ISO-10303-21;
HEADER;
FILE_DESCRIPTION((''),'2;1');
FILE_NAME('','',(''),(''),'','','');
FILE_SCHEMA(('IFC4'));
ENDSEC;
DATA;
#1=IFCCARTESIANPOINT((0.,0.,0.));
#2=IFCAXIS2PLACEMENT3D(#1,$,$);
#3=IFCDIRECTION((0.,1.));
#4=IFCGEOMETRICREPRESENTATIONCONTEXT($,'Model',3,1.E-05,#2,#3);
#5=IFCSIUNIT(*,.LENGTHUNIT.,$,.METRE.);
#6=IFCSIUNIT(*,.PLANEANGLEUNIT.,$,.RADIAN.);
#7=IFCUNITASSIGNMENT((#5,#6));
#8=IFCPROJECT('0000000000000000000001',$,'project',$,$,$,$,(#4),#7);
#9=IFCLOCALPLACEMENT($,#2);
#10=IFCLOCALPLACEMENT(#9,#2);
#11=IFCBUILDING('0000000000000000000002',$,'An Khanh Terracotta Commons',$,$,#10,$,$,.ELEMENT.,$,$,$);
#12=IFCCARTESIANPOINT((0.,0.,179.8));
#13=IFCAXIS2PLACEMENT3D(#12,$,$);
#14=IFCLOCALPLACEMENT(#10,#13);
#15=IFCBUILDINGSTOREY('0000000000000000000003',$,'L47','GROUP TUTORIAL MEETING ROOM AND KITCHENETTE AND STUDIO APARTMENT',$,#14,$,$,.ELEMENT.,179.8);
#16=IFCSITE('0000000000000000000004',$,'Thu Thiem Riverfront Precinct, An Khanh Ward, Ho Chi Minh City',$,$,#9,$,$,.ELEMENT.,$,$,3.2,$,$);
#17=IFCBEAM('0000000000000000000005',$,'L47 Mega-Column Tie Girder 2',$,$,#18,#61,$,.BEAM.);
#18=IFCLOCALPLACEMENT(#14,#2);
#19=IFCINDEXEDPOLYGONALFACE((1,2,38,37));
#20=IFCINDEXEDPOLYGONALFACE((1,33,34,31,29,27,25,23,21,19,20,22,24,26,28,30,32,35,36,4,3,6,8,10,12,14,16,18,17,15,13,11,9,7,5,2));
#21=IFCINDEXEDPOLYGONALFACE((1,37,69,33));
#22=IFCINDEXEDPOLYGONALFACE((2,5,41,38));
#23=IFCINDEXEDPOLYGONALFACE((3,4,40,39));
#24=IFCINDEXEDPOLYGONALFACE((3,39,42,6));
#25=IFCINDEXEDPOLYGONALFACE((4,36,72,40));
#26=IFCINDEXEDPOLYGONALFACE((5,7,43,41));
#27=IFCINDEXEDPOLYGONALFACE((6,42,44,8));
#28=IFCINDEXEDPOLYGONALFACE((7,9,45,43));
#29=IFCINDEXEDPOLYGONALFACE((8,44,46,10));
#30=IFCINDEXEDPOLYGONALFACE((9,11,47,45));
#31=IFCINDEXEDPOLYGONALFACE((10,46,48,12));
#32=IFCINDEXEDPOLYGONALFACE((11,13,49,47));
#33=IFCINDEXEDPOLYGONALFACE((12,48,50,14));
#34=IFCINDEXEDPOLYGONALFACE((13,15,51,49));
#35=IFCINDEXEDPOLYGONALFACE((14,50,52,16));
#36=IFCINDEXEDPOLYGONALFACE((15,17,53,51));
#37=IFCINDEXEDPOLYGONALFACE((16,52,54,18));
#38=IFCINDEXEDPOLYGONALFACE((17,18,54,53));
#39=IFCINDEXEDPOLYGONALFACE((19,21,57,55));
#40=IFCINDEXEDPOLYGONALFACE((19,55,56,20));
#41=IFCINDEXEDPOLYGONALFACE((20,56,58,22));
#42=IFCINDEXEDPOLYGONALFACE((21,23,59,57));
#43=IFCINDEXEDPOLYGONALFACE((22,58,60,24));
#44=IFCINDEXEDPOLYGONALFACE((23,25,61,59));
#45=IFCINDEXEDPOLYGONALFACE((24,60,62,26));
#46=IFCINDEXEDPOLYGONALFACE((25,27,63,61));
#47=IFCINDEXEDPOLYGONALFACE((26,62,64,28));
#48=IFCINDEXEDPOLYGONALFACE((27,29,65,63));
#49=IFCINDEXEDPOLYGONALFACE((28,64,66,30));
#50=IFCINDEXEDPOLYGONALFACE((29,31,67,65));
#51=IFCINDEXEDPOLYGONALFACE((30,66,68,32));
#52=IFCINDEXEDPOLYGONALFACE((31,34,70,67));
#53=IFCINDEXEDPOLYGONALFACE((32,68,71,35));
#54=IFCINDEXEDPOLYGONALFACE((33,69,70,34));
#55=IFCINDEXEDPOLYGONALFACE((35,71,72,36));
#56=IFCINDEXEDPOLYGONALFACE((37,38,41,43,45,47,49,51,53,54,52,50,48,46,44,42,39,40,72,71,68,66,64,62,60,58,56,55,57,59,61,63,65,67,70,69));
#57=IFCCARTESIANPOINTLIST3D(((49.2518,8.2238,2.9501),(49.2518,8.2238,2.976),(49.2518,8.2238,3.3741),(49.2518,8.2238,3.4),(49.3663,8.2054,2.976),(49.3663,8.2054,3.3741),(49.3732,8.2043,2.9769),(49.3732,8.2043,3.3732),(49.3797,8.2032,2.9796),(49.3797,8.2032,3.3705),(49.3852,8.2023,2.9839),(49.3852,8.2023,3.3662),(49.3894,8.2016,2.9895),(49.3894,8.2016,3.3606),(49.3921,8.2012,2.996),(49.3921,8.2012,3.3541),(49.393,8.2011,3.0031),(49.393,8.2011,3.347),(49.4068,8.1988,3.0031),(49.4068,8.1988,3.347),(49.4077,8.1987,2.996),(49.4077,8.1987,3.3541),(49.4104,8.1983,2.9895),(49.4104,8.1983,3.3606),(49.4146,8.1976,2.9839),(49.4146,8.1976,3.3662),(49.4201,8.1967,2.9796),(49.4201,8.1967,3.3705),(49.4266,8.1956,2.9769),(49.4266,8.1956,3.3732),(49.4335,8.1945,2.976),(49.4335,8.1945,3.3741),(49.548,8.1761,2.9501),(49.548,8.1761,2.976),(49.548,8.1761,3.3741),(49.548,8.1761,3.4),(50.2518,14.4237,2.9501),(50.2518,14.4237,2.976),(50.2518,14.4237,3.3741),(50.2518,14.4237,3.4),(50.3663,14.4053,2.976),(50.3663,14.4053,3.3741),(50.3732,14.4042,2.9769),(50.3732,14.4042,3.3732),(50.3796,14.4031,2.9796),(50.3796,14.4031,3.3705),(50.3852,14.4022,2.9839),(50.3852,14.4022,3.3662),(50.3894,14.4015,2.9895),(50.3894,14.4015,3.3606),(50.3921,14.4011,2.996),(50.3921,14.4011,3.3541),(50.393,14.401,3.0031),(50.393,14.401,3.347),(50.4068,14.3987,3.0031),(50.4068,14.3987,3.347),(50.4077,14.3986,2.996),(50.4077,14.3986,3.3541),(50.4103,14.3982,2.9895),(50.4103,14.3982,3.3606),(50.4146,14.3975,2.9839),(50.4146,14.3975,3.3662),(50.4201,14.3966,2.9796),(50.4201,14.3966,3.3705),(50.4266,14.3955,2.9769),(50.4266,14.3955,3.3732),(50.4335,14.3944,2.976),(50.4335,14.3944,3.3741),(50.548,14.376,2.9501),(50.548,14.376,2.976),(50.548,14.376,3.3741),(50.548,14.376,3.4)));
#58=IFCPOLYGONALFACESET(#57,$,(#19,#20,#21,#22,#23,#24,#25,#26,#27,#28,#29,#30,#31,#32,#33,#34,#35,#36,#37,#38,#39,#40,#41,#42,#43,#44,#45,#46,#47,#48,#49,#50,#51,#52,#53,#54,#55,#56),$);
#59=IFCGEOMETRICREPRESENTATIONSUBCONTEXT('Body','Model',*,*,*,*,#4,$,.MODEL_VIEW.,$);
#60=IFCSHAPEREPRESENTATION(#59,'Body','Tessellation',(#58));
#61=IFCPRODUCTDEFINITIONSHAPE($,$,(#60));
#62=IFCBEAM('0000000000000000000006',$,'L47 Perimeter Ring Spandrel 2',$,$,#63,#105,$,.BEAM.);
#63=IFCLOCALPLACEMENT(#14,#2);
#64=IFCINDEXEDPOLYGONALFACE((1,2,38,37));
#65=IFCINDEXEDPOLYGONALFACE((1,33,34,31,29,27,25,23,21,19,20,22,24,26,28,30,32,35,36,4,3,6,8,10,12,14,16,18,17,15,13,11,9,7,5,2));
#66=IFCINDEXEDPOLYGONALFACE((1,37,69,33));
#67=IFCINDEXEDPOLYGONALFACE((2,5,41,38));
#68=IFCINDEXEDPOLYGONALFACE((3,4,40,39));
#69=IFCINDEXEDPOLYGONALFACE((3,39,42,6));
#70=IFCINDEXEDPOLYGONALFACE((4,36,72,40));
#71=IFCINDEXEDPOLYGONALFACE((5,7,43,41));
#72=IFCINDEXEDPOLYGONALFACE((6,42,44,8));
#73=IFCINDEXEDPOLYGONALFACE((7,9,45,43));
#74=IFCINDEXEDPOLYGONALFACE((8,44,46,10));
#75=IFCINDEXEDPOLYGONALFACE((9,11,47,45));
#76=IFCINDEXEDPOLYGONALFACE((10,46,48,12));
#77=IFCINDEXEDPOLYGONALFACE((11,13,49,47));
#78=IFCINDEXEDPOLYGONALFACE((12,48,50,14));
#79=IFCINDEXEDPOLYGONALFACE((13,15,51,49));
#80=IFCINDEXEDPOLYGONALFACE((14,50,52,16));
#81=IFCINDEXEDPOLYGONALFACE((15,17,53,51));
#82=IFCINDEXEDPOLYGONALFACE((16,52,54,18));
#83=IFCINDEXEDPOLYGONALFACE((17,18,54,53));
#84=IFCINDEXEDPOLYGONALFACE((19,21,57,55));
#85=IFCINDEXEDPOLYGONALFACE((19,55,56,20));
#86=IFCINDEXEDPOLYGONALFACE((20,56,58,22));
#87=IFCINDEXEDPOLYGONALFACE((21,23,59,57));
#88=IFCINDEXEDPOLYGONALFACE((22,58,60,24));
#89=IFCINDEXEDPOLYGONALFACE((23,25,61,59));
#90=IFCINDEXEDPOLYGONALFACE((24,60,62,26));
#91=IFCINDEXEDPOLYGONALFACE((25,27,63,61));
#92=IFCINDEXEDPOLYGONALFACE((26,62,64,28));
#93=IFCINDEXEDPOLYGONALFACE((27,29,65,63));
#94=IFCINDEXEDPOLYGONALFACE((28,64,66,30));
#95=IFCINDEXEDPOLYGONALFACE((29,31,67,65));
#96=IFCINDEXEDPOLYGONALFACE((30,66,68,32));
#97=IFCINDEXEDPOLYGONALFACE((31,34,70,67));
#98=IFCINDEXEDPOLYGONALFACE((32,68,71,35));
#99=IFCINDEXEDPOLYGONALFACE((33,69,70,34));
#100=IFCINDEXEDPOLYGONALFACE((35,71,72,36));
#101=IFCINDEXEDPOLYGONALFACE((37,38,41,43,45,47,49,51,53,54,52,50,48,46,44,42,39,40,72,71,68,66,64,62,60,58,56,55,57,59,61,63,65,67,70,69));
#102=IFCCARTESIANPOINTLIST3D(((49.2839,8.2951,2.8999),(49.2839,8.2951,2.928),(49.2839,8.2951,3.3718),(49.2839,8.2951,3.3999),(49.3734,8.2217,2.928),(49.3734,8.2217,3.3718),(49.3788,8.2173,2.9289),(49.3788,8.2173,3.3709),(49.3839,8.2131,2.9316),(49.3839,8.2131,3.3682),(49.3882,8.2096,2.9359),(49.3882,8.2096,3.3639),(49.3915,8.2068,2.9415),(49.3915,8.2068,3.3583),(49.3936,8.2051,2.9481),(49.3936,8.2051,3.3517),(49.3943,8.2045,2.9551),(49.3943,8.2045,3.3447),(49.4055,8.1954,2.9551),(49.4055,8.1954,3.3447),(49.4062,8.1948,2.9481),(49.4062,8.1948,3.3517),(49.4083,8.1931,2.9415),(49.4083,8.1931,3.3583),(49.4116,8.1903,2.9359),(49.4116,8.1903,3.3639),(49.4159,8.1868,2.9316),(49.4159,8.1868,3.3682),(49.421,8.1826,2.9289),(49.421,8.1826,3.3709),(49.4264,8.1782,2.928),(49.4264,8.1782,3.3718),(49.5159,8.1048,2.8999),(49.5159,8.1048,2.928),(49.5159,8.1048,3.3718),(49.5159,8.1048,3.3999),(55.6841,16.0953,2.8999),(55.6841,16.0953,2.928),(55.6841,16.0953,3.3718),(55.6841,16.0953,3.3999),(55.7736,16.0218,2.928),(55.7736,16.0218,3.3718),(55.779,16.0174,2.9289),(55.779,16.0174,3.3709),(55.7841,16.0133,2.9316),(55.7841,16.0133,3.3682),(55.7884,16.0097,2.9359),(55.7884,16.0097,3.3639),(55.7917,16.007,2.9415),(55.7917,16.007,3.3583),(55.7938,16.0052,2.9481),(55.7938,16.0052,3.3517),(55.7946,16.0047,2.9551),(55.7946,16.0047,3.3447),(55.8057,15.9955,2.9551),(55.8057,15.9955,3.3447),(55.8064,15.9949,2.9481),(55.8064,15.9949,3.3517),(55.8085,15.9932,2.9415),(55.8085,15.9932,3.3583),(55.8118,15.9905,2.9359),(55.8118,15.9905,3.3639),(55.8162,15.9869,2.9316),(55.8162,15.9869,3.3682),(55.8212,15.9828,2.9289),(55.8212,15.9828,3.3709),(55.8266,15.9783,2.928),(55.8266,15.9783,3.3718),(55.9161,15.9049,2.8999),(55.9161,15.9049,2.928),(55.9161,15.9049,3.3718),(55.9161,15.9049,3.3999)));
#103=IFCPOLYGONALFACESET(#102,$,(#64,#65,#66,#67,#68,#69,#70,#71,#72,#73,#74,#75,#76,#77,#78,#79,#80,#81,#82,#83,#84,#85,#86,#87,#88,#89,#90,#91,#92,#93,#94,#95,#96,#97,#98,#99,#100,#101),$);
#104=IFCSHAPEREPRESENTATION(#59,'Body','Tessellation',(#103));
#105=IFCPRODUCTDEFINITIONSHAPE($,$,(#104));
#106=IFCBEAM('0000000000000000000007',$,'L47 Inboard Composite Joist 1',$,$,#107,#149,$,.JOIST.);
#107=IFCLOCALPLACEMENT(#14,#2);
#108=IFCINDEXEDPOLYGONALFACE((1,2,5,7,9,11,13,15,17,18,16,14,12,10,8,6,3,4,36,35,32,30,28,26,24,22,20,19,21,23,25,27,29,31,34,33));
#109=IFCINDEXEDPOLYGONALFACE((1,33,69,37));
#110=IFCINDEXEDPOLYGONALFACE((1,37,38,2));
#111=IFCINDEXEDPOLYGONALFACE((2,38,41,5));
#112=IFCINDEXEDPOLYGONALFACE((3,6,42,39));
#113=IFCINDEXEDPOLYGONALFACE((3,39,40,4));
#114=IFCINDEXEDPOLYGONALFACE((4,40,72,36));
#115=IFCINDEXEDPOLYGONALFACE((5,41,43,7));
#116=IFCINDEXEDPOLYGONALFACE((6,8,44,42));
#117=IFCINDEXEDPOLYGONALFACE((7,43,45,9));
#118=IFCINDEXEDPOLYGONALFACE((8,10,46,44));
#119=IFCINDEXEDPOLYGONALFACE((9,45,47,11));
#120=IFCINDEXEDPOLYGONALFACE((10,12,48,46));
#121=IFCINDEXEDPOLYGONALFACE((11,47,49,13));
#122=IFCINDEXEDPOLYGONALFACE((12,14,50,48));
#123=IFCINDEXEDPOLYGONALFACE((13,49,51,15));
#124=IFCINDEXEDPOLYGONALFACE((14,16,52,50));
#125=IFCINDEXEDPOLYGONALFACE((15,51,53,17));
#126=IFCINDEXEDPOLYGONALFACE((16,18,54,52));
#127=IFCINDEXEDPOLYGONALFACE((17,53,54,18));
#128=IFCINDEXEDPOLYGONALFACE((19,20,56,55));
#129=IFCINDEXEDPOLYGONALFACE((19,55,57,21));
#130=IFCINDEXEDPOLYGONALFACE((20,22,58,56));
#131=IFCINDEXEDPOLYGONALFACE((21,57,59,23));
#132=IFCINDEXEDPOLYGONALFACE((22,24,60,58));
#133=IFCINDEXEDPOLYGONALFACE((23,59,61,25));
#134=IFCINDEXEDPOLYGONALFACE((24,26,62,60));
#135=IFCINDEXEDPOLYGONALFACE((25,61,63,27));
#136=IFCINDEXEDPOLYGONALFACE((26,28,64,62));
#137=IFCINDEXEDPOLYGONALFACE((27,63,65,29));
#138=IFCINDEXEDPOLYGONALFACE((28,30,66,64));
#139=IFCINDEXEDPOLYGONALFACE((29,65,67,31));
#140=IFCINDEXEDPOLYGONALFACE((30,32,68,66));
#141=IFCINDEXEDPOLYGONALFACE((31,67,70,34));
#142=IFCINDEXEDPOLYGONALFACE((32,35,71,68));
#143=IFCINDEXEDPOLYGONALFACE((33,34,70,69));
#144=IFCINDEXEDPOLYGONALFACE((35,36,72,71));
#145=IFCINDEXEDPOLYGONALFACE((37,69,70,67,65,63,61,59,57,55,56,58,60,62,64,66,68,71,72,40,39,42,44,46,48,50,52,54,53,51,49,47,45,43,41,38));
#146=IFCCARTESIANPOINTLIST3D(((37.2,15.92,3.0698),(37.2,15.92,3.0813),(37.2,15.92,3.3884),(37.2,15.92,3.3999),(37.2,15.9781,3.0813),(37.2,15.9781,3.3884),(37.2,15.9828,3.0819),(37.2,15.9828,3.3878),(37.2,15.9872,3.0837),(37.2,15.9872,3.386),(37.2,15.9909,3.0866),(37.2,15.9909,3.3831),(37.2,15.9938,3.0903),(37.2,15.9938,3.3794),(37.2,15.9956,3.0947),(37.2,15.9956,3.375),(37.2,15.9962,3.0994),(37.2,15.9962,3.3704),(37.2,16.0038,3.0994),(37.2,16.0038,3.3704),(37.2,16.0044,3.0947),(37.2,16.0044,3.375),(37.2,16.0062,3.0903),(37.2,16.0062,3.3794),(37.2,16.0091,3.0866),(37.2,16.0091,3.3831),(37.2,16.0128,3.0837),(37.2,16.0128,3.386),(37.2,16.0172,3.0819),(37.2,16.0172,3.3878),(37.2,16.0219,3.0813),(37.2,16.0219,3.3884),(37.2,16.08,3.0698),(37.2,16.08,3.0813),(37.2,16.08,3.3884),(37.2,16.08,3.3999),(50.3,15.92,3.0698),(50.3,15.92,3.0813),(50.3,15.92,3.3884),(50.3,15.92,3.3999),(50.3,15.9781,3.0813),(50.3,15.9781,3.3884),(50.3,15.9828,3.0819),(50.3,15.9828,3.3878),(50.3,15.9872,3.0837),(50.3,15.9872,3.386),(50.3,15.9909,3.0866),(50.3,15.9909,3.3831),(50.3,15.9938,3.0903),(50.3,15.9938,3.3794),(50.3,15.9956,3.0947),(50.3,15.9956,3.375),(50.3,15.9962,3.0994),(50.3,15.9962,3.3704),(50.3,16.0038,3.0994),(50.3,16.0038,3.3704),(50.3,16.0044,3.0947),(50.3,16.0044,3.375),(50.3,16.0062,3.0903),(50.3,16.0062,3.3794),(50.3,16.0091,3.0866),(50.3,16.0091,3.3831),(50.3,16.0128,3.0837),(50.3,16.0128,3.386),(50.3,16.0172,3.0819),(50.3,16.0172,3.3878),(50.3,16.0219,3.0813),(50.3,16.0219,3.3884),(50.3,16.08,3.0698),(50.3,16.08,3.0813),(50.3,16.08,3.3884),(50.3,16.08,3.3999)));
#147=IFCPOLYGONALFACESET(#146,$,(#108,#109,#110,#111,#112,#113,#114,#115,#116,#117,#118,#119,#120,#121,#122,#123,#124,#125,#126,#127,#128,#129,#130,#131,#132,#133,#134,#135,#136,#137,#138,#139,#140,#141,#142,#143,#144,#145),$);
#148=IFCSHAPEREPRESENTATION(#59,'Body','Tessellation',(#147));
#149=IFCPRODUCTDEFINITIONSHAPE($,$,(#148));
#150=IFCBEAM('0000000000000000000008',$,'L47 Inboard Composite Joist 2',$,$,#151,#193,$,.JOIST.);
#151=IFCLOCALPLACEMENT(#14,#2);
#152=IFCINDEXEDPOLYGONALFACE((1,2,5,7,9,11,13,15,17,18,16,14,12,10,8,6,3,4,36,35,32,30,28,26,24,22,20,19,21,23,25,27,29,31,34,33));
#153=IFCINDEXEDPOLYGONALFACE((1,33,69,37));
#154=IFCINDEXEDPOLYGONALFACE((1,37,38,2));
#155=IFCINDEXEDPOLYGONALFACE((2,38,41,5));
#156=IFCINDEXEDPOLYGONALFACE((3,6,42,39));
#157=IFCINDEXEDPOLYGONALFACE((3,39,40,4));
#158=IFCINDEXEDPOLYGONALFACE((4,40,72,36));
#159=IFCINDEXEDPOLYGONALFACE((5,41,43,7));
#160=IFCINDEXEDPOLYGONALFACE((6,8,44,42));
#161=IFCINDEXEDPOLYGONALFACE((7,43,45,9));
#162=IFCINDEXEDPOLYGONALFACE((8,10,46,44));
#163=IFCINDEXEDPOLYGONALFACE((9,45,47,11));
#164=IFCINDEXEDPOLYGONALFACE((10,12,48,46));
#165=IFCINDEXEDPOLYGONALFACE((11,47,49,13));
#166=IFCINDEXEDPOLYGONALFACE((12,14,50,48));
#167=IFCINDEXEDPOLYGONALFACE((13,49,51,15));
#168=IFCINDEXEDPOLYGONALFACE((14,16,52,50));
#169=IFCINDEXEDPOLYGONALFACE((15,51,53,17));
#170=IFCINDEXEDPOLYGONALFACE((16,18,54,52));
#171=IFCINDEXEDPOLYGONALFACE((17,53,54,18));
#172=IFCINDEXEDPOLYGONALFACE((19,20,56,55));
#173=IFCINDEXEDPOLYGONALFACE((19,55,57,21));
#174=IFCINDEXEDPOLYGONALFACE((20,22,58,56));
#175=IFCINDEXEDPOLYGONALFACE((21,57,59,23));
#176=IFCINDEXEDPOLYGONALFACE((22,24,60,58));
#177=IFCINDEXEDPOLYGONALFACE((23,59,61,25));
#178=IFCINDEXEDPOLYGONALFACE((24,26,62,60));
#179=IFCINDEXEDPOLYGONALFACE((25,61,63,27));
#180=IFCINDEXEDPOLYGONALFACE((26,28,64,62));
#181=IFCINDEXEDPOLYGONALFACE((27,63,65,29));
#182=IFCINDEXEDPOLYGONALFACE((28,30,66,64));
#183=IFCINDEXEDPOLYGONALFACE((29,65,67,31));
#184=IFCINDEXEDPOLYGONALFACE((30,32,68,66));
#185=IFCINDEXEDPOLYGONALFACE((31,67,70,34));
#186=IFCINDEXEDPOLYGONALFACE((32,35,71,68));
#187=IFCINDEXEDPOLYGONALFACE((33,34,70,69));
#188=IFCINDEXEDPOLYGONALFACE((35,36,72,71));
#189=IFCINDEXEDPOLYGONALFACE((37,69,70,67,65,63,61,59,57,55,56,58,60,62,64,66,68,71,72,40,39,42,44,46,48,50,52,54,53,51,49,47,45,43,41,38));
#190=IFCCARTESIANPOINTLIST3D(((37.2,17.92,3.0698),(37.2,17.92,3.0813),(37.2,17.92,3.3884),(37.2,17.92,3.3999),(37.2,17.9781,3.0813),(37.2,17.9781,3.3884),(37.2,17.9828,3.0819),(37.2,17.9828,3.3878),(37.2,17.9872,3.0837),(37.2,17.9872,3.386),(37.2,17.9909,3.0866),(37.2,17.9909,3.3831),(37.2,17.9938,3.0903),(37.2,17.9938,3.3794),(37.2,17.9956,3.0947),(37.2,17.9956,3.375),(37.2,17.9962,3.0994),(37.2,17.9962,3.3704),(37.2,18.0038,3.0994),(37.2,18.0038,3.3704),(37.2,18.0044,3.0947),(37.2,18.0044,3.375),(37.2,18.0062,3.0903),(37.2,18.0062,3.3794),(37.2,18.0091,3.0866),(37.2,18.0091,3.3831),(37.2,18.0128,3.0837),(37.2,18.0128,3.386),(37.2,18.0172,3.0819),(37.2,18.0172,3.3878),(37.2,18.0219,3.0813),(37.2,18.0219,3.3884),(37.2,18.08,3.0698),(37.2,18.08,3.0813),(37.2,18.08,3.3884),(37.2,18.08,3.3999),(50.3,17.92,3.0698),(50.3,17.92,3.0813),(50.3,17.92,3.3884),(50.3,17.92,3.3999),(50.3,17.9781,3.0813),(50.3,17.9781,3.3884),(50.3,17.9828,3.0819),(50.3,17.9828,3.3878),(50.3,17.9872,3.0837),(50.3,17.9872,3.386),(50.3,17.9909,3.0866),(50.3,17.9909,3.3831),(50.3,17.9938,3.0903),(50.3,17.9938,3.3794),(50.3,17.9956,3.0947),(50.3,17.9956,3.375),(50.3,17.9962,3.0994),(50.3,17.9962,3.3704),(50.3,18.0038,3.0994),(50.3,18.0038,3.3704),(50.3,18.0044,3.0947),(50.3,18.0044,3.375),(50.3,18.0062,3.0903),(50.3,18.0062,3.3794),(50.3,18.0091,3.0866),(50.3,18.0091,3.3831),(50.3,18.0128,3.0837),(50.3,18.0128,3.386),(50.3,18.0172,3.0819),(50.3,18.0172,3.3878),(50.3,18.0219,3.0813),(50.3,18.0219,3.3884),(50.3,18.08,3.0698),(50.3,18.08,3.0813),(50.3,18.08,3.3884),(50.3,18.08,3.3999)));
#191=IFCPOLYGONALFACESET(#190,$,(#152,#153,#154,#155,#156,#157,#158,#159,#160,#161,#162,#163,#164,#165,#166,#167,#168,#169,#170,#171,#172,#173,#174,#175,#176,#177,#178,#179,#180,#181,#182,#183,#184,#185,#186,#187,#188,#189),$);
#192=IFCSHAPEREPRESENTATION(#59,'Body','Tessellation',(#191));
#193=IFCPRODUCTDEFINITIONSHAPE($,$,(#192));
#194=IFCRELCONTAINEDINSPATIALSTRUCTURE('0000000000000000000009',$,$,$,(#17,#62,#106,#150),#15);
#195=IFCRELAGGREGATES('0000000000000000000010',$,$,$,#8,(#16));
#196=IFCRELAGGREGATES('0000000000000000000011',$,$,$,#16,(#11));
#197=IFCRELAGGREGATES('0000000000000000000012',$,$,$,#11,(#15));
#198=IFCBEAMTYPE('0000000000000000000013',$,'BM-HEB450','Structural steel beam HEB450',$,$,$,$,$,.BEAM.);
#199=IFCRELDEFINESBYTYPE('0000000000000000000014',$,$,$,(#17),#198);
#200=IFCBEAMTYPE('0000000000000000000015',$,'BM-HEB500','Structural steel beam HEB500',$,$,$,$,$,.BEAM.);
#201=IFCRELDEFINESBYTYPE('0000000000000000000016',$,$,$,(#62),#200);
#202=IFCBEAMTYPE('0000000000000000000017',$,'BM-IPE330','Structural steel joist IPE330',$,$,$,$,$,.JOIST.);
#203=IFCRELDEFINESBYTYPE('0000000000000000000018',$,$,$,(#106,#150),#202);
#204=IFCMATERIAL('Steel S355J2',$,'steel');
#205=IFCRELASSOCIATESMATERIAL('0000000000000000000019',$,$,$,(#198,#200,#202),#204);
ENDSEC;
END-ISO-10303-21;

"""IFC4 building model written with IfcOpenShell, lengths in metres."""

from ifc_helpers import new_model, si_unit, direction, frame, origin, origin_2d, place, context, subcontext, project, spatial, i_section, extrude, material, material_profile, profile_set, type_object, element, save


model = new_model("IFC4")

# Units and contexts
model_context = context("Model", 3, precision=1e-05, world=origin(), true_north=direction((0.0, 1.0)))
body_context = subcontext(model_context, "Body", "Model", "MODEL_VIEW")
ifc_project = project(units=[si_unit("LENGTHUNIT", "METRE"), si_unit("PLANEANGLEUNIT", "RADIAN")], contexts=[model_context])

# Site, building, storey
site_placement = place(None, origin())
site = spatial("IfcSite", under=ifc_project, at=site_placement, Name="Thu Thiem Riverfront Precinct, An Khanh Ward, Ho Chi Minh City", CompositionType="ELEMENT", RefElevation=3.2)
building_placement = place(site_placement, origin())
building = spatial("IfcBuilding", under=site, at=building_placement, Name="An Khanh Terracotta Commons", CompositionType="ELEMENT")
storey_placement = place(building_placement, frame((0.0, 0.0, 179.8)))
storey = spatial("IfcBuildingStorey", under=building, at=storey_placement, Name="L47", Description="GROUP TUTORIAL MEETING ROOM AND KITCHENETTE AND STUDIO APARTMENT", CompositionType="ELEMENT", Elevation=179.8)

# Beams
ifc_material_1 = material(Name="Steel S355J2", Category="steel")
ifc_material_profile_1 = material_profile(ifc_material_1, i_section(OverallWidth=0.3, OverallDepth=0.45, WebThickness=0.0139, FlangeThickness=0.0259, FilletRadius=0.0271, at=origin_2d()), Name="HEB450")
ifc_profile_set_1 = profile_set([ifc_material_profile_1], Name="Steel S355J2")
beam_type_1 = type_object("IfcBeamType", Name="BM-HEB450", Description="Structural steel beam HEB450", PredefinedType="BEAM", material=ifc_profile_set_1)
beam_1_placement = place(storey_placement, frame((49.3999, 8.2, 3.175), z_axis=(0.159234, 0.987241, 0.0), x_axis=(-0.987241, 0.159234, 0.0)))
element("IfcBeam", 1, at=beam_1_placement, inside=storey, type_object=beam_type_1, Name="L47 Mega-Column Tie Girder 2", PredefinedType="BEAM", context=body_context, shape_type="SweptSolid", body=[
    extrude(i_section(OverallWidth=0.3, OverallDepth=0.45, WebThickness=0.0139, FlangeThickness=0.0259, FilletRadius=0.0271, at=origin_2d()), origin(), (0.0, 0.0, 1.0), 6.28),
])
ifc_material_profile_2 = material_profile(ifc_material_1, i_section(OverallWidth=0.3, OverallDepth=0.5, WebThickness=0.0144, FlangeThickness=0.0281, FilletRadius=0.0271, at=origin_2d()), Name="HEB500")
ifc_profile_set_2 = profile_set([ifc_material_profile_2], Name="Steel S355J2")
beam_type_2 = type_object("IfcBeamType", Name="BM-HEB500", Description="Structural steel beam HEB500", PredefinedType="BEAM", material=ifc_profile_set_2)
beam_2_placement = place(storey_placement, frame((49.3999, 8.2, 3.1499), z_axis=(0.634323, 0.773068, 0.0), x_axis=(-0.773068, 0.634323, 0.0)))
element("IfcBeam", 2, at=beam_2_placement, inside=storey, type_object=beam_type_2, Name="L47 Perimeter Ring Spandrel 2", PredefinedType="BEAM", context=body_context, shape_type="SweptSolid", body=[
    extrude(i_section(OverallWidth=0.3, OverallDepth=0.5, WebThickness=0.0144, FlangeThickness=0.0281, FilletRadius=0.0271, at=origin_2d()), origin(), (0.0, 0.0, 1.0), 10.0898),
])
ifc_material_profile_3 = material_profile(ifc_material_1, i_section(OverallWidth=0.1599, OverallDepth=0.3301, WebThickness=0.0076, FlangeThickness=0.0115, FilletRadius=0.0181, at=origin_2d()), Name="IPE330")
ifc_profile_set_3 = profile_set([ifc_material_profile_3], Name="Steel S355J2")
beam_type_3 = type_object("IfcBeamType", Name="BM-IPE330", Description="Structural steel joist IPE330", PredefinedType="JOIST", material=ifc_profile_set_3)
for number, where, z_axis, x_axis, name in (
    (3, (37.2, 16.0, 3.2349), (1.0, 0.0, 0.0), (0.0, 1.0, 0.0), "L47 Inboard Composite Joist 1"),
    (4, (37.2, 18.0, 3.2349), (1.0, 0.0, 0.0), (0.0, 1.0, 0.0), "L47 Inboard Composite Joist 2"),
):
    element("IfcBeam", number, at=place(storey_placement, frame(where, z_axis=z_axis, x_axis=x_axis)), inside=storey, type_object=beam_type_3, Name=name, PredefinedType="JOIST", context=body_context, shape_type="SweptSolid", body=[
        extrude(i_section(OverallWidth=0.1599, OverallDepth=0.3301, WebThickness=0.0076, FlangeThickness=0.0115, FilletRadius=0.0181, at=origin_2d()), origin(), (0.0, 0.0, 1.0), 13.1001),
    ])

save(model, "model.ifc")
